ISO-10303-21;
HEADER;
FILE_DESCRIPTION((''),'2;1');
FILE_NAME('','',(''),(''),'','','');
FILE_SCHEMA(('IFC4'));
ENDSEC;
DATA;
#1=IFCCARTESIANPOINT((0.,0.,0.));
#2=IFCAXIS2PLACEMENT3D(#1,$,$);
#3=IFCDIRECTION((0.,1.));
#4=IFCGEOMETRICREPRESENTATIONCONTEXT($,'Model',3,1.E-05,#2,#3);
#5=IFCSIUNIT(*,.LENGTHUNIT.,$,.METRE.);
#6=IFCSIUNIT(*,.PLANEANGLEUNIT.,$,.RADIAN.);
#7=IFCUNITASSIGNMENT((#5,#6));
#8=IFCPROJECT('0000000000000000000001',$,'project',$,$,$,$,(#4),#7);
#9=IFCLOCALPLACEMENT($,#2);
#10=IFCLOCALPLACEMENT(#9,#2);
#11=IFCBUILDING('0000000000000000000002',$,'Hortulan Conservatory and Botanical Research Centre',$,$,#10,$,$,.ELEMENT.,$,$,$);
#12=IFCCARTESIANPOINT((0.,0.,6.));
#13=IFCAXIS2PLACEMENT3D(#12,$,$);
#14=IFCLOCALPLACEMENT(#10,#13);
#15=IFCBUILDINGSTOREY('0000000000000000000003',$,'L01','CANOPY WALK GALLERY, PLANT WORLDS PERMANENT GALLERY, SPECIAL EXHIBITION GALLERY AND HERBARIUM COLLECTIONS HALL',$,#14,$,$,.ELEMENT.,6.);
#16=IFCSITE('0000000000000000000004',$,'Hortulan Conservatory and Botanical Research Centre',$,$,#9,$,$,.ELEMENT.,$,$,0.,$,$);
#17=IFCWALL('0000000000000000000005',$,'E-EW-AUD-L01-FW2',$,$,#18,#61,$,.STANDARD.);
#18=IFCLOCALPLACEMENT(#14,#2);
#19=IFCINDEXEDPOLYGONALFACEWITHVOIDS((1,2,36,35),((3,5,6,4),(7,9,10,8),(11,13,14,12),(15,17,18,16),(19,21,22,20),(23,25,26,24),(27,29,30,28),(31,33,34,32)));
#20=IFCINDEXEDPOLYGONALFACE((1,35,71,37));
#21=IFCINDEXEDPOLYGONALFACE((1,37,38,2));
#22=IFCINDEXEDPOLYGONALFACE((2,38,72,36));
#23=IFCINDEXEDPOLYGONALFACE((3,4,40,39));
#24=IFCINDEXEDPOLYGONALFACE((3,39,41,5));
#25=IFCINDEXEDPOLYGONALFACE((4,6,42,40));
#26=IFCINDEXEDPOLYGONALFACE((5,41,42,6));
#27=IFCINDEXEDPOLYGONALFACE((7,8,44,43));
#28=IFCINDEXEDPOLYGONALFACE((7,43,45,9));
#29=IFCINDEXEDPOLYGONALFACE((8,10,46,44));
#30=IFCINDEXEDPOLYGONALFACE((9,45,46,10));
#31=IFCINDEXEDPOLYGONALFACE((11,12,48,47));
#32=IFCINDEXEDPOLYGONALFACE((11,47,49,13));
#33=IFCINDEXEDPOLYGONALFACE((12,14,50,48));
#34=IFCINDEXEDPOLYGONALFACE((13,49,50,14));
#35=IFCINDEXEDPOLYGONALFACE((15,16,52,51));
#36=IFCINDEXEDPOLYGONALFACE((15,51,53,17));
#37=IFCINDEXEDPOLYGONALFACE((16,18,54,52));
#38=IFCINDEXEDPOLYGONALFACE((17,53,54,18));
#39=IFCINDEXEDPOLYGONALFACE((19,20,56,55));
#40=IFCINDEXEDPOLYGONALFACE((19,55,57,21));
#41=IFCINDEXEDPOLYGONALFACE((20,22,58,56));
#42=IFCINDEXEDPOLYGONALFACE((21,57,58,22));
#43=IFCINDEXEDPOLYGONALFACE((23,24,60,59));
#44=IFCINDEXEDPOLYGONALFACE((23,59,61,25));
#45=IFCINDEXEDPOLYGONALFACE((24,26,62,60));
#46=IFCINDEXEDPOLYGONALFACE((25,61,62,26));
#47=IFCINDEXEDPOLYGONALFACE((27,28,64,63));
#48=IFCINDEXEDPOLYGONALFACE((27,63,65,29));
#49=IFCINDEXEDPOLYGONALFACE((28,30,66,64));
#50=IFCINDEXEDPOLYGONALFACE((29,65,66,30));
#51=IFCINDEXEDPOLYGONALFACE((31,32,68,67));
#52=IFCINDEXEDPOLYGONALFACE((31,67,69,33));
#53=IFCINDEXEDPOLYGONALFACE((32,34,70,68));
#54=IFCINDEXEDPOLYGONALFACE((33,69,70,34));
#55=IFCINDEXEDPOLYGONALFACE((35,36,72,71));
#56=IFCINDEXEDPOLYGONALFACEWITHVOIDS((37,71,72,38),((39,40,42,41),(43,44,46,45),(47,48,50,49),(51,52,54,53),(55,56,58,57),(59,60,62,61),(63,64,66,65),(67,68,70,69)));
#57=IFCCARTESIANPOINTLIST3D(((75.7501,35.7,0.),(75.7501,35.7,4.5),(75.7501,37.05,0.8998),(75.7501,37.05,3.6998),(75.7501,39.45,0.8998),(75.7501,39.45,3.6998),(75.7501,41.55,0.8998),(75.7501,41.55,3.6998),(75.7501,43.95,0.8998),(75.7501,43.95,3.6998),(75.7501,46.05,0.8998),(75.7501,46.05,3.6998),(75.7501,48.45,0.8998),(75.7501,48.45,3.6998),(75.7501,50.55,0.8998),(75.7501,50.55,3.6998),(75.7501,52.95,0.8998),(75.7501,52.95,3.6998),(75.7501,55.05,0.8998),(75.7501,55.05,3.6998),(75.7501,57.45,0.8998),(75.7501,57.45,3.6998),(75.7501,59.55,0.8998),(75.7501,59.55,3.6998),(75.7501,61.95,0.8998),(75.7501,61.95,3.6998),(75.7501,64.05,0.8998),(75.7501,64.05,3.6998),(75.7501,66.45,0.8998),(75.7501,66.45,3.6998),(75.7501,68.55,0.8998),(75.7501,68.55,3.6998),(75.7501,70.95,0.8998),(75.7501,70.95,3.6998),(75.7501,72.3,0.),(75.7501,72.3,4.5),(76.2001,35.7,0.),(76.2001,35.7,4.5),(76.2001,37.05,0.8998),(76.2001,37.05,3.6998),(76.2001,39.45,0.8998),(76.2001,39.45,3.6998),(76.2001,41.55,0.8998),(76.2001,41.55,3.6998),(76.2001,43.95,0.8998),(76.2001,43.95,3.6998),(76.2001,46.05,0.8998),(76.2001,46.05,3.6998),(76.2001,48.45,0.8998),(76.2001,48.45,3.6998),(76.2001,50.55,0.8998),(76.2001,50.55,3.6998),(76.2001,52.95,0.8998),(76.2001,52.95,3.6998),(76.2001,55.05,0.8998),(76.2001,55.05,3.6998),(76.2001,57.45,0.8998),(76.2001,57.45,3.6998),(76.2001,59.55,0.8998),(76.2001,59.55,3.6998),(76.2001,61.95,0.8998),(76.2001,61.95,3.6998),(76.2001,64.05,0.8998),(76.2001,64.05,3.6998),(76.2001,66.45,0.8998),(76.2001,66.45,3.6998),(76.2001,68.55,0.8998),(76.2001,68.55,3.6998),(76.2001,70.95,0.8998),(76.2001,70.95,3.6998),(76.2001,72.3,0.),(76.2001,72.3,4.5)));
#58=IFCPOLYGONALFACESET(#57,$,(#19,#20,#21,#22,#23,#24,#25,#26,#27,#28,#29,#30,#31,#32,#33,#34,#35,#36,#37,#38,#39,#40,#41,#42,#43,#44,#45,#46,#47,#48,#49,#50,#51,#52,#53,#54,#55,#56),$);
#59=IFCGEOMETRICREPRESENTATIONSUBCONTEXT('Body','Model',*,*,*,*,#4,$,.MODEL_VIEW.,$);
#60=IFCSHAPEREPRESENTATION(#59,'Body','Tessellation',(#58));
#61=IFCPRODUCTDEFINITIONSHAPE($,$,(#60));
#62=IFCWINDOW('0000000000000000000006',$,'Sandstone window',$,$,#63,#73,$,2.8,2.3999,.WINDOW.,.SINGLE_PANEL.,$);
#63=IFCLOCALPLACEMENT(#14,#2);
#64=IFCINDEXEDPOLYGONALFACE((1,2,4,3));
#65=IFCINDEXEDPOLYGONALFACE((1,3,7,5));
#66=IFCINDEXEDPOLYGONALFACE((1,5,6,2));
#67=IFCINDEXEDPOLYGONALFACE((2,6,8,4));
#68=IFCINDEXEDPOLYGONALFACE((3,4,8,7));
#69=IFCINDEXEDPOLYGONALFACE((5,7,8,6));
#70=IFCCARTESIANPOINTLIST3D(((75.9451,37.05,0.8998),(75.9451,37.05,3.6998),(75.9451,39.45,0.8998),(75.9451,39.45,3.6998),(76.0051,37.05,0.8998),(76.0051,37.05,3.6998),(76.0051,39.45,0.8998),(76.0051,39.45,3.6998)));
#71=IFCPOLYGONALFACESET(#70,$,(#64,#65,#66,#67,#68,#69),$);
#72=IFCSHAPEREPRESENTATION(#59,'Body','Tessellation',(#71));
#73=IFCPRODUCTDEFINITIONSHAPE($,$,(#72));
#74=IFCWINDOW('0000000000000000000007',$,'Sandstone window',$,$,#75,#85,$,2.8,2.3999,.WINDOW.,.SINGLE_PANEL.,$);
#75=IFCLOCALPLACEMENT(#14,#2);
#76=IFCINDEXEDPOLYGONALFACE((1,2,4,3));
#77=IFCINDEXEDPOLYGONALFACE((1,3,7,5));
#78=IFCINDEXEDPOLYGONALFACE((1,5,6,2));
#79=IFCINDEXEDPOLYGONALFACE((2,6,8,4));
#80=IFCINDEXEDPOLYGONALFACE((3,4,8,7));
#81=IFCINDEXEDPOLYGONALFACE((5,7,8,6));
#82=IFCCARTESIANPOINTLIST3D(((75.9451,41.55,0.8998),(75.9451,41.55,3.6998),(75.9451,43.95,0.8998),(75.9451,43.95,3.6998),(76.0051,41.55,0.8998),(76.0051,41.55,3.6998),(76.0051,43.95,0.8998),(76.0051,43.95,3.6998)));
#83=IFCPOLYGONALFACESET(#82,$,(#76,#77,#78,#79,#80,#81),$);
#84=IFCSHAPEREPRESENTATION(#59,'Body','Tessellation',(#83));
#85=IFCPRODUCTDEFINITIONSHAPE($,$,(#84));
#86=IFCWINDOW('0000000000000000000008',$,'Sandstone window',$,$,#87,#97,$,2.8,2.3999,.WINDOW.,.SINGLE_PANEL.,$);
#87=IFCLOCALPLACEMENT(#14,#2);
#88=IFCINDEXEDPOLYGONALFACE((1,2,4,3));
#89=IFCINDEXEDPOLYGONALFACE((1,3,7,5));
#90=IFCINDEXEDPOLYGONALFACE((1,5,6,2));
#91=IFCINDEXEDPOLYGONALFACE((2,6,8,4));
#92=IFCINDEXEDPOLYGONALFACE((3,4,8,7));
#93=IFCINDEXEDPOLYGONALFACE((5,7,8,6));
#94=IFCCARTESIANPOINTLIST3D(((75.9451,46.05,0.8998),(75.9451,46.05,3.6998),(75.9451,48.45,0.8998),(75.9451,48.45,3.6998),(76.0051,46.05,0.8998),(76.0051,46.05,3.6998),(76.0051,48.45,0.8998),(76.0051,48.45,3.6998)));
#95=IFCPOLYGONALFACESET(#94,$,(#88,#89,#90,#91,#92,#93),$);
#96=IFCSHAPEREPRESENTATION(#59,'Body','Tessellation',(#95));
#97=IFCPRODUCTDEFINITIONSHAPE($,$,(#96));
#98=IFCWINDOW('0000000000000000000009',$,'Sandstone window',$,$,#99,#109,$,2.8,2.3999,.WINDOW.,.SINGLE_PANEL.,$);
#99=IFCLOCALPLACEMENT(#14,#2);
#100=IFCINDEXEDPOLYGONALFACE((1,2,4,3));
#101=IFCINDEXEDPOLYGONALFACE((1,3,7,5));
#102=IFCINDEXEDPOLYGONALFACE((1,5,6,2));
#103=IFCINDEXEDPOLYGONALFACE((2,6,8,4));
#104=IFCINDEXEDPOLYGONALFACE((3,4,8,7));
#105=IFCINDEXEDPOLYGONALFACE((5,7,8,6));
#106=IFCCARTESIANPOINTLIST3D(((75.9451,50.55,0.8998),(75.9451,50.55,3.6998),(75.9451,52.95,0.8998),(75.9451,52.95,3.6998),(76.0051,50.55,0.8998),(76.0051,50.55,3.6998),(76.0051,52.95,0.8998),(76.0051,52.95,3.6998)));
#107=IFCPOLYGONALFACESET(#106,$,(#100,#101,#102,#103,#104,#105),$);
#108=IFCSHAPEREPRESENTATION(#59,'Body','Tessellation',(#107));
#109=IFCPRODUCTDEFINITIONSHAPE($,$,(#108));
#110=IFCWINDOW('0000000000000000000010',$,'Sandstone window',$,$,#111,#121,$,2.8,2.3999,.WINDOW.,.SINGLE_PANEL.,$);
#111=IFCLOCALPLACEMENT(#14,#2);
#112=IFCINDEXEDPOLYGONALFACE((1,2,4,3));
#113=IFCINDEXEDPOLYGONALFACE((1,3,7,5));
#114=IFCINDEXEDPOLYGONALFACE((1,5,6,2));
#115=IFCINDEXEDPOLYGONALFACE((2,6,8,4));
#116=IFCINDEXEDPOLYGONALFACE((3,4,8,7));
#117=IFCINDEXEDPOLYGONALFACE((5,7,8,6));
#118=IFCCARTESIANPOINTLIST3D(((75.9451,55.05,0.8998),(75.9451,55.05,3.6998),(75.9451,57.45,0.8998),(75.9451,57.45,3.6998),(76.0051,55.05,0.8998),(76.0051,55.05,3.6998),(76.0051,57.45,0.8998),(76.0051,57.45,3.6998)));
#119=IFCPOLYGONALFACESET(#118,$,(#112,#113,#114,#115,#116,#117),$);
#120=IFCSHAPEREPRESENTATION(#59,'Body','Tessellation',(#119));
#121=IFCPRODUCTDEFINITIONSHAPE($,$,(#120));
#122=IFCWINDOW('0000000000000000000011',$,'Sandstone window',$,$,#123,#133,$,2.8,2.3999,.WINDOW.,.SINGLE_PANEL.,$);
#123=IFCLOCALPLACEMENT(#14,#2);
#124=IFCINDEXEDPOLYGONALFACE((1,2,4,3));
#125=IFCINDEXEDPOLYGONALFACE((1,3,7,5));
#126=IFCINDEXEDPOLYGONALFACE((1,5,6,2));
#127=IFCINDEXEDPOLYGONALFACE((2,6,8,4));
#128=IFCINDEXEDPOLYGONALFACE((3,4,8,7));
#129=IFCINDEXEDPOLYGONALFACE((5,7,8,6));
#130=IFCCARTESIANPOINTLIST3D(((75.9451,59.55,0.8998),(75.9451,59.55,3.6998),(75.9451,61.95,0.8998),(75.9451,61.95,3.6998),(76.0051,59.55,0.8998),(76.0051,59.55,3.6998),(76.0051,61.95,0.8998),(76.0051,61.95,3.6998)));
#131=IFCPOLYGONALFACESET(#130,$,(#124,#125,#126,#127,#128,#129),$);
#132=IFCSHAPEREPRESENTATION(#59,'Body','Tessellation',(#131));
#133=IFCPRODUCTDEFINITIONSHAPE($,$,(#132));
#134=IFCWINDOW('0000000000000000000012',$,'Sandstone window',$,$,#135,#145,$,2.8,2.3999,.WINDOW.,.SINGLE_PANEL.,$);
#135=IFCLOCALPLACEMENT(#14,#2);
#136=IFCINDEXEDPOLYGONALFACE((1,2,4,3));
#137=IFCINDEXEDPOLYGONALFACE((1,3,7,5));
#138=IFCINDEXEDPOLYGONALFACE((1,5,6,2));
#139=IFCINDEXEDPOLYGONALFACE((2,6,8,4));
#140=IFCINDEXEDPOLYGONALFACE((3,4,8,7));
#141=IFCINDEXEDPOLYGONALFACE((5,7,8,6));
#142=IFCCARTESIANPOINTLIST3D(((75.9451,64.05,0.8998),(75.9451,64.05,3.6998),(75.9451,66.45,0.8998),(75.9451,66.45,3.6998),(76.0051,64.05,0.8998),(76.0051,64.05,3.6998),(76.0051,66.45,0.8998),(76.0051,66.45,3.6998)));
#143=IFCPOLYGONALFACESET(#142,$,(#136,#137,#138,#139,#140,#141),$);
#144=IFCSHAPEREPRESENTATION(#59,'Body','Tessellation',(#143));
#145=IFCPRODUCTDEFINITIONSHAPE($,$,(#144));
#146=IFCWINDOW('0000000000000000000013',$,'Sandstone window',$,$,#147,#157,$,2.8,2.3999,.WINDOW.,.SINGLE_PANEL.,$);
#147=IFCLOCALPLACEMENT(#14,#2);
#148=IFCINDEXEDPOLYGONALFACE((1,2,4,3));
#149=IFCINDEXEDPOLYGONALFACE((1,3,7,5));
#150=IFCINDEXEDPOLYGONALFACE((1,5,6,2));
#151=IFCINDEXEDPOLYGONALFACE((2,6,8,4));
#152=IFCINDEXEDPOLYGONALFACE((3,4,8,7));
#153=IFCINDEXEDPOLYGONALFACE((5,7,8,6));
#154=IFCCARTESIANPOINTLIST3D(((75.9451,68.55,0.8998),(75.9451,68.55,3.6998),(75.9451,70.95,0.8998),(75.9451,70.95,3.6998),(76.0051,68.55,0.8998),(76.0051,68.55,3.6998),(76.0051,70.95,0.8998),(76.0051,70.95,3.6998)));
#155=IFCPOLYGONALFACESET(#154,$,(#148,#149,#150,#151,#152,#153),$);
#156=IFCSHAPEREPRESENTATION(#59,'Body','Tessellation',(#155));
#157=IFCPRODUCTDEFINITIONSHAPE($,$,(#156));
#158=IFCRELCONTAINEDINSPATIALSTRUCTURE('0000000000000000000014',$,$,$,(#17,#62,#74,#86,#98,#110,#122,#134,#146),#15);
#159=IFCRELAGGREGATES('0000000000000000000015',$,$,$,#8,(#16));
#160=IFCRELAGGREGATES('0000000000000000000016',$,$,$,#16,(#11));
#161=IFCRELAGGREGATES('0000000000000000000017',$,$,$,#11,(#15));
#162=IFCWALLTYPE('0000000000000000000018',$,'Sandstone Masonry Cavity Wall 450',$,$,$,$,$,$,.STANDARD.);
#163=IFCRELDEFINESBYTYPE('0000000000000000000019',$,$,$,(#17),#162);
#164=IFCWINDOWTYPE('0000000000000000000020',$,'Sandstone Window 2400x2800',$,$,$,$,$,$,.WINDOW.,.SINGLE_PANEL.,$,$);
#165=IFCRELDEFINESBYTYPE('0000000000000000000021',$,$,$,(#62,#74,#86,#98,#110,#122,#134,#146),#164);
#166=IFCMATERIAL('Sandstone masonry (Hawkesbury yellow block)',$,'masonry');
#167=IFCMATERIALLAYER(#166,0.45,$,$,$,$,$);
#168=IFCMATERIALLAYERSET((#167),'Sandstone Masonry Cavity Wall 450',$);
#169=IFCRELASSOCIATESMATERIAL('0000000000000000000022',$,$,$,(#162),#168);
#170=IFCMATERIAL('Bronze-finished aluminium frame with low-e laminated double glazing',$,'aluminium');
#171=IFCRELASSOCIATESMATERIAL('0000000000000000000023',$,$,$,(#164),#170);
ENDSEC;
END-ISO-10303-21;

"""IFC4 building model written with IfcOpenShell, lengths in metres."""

from ifc_helpers import new_model, si_unit, direction, frame, frame_2d, origin, place, context, subcontext, project, spatial, rectangle, extrude, material, layer, layer_set, type_object, element, fill, save


model = new_model("IFC4")

# Units and contexts
model_context = context("Model", 3, precision=1e-05, world=origin(), true_north=direction((0.0, 1.0)))
body_context = subcontext(model_context, "Body", "Model", "MODEL_VIEW")
ifc_project = project(units=[si_unit("LENGTHUNIT", "METRE"), si_unit("PLANEANGLEUNIT", "RADIAN")], contexts=[model_context])

# Site, building, storey
site_placement = place(None, origin())
site = spatial("IfcSite", under=ifc_project, at=site_placement, Name="Hortulan Conservatory and Botanical Research Centre", CompositionType="ELEMENT", RefElevation=0.0)
building_placement = place(site_placement, origin())
building = spatial("IfcBuilding", under=site, at=building_placement, Name="Hortulan Conservatory and Botanical Research Centre", CompositionType="ELEMENT")
storey_placement = place(building_placement, frame((0.0, 0.0, 6.0)))
storey = spatial("IfcBuildingStorey", under=building, at=storey_placement, Name="L01", Description="CANOPY WALK GALLERY, PLANT WORLDS PERMANENT GALLERY, SPECIAL EXHIBITION GALLERY AND HERBARIUM COLLECTIONS HALL", CompositionType="ELEMENT", Elevation=6.0)

# Wall, openings, windows
ifc_material_1 = material(Name="Sandstone masonry (Hawkesbury yellow block)", Category="masonry")
ifc_layer_1 = layer(ifc_material_1, 0.45)
ifc_layer_set_1 = layer_set([ifc_layer_1], Name="Sandstone Masonry Cavity Wall 450")
wall_type = type_object("IfcWallType", Name="Sandstone Masonry Cavity Wall 450", PredefinedType="STANDARD", material=ifc_layer_set_1)
wall_placement = place(storey_placement, frame((75.9751, 35.7, 0.0), z_axis=(0.0, 0.0, 1.0), x_axis=(0.0, 1.0, 0.0)))
wall = element("IfcWall", 1, at=wall_placement, inside=storey, type_object=wall_type, Name="E-EW-AUD-L01-FW2", PredefinedType="STANDARD", context=body_context, shape_type="SweptSolid", body=[
    extrude(rectangle(XDim=36.6001, YDim=0.45, at=frame_2d((18.3, 0.0))), origin(), (0.0, 0.0, 1.0), 4.5),
])
opening_1_placement = place(wall_placement, frame((1.3501, 0.0, 0.8999)))
opening_1 = element("IfcOpeningElement", 2, at=opening_1_placement, cuts=wall, PredefinedType="OPENING", context=body_context, shape_type="SweptSolid", body=[
    extrude(rectangle(XDim=2.3999, YDim=2.8, at=frame_2d((1.2, 1.3999))), frame((0.0, 0.2349, 0.0), z_axis=(0.0, -1.0, 0.0), x_axis=(1.0, 0.0, 0.0)), (0.0, 0.0, 1.0), 0.47),
])
opening_2_placement = place(wall_placement, frame((5.8501, 0.0, 0.8999)))
opening_2 = element("IfcOpeningElement", 3, at=opening_2_placement, cuts=wall, PredefinedType="OPENING", context=body_context, shape_type="SweptSolid", body=[
    extrude(rectangle(XDim=2.3999, YDim=2.8, at=frame_2d((1.2, 1.3999))), frame((0.0, 0.2349, 0.0), z_axis=(0.0, -1.0, 0.0), x_axis=(1.0, 0.0, 0.0)), (0.0, 0.0, 1.0), 0.47),
])
opening_3_placement = place(wall_placement, frame((10.3501, 0.0, 0.8999)))
opening_3 = element("IfcOpeningElement", 4, at=opening_3_placement, cuts=wall, PredefinedType="OPENING", context=body_context, shape_type="SweptSolid", body=[
    extrude(rectangle(XDim=2.3999, YDim=2.8, at=frame_2d((1.2, 1.3999))), frame((0.0, 0.2349, 0.0), z_axis=(0.0, -1.0, 0.0), x_axis=(1.0, 0.0, 0.0)), (0.0, 0.0, 1.0), 0.47),
])
opening_4_placement = place(wall_placement, frame((14.8501, 0.0, 0.8999)))
opening_4 = element("IfcOpeningElement", 5, at=opening_4_placement, cuts=wall, PredefinedType="OPENING", context=body_context, shape_type="SweptSolid", body=[
    extrude(rectangle(XDim=2.3999, YDim=2.8, at=frame_2d((1.2, 1.3999))), frame((0.0, 0.2349, 0.0), z_axis=(0.0, -1.0, 0.0), x_axis=(1.0, 0.0, 0.0)), (0.0, 0.0, 1.0), 0.47),
])
opening_5_placement = place(wall_placement, frame((19.3501, 0.0, 0.8999)))
opening_5 = element("IfcOpeningElement", 6, at=opening_5_placement, cuts=wall, PredefinedType="OPENING", context=body_context, shape_type="SweptSolid", body=[
    extrude(rectangle(XDim=2.3999, YDim=2.8, at=frame_2d((1.2, 1.3999))), frame((0.0, 0.2349, 0.0), z_axis=(0.0, -1.0, 0.0), x_axis=(1.0, 0.0, 0.0)), (0.0, 0.0, 1.0), 0.47),
])
opening_6_placement = place(wall_placement, frame((23.8501, 0.0, 0.8999)))
opening_6 = element("IfcOpeningElement", 7, at=opening_6_placement, cuts=wall, PredefinedType="OPENING", context=body_context, shape_type="SweptSolid", body=[
    extrude(rectangle(XDim=2.3999, YDim=2.8, at=frame_2d((1.2, 1.3999))), frame((0.0, 0.2349, 0.0), z_axis=(0.0, -1.0, 0.0), x_axis=(1.0, 0.0, 0.0)), (0.0, 0.0, 1.0), 0.47),
])
opening_7_placement = place(wall_placement, frame((28.3501, 0.0, 0.8999)))
opening_7 = element("IfcOpeningElement", 8, at=opening_7_placement, cuts=wall, PredefinedType="OPENING", context=body_context, shape_type="SweptSolid", body=[
    extrude(rectangle(XDim=2.3999, YDim=2.8, at=frame_2d((1.2, 1.3999))), frame((0.0, 0.2349, 0.0), z_axis=(0.0, -1.0, 0.0), x_axis=(1.0, 0.0, 0.0)), (0.0, 0.0, 1.0), 0.47),
])
opening_8_placement = place(wall_placement, frame((32.8501, 0.0, 0.8999)))
opening_8 = element("IfcOpeningElement", 9, at=opening_8_placement, cuts=wall, PredefinedType="OPENING", context=body_context, shape_type="SweptSolid", body=[
    extrude(rectangle(XDim=2.3999, YDim=2.8, at=frame_2d((1.2, 1.3999))), frame((0.0, 0.2349, 0.0), z_axis=(0.0, -1.0, 0.0), x_axis=(1.0, 0.0, 0.0)), (0.0, 0.0, 1.0), 0.47),
])
ifc_material_2 = material(Name="Bronze-finished aluminium frame with low-e laminated double glazing", Category="aluminium")
window_type = type_object("IfcWindowType", Name="Sandstone Window 2400x2800", PartitioningType="SINGLE_PANEL", PredefinedType="WINDOW", material=ifc_material_2)
window_1_placement = place(opening_1_placement, origin())
window_1 = element("IfcWindow", 10, at=window_1_placement, inside=storey, type_object=window_type, Name="Sandstone window", OverallHeight=2.8, OverallWidth=2.3999, PartitioningType="SINGLE_PANEL", PredefinedType="WINDOW", context=body_context, shape_type="SweptSolid", body=[
    extrude(rectangle(XDim=2.3999, YDim=2.8, at=frame_2d((1.2, 1.3999))), frame((0.0, 0.03, 0.0), z_axis=(0.0, -1.0, 0.0), x_axis=(1.0, 0.0, 0.0)), (0.0, 0.0, 1.0), 0.0601),
])
fill(opening_1, window_1)
window_2_placement = place(opening_2_placement, origin())
window_2 = element("IfcWindow", 11, at=window_2_placement, inside=storey, type_object=window_type, Name="Sandstone window", OverallHeight=2.8, OverallWidth=2.3999, PartitioningType="SINGLE_PANEL", PredefinedType="WINDOW", context=body_context, shape_type="SweptSolid", body=[
    extrude(rectangle(XDim=2.3999, YDim=2.8, at=frame_2d((1.2, 1.3999))), frame((0.0, 0.03, 0.0), z_axis=(0.0, -1.0, 0.0), x_axis=(1.0, 0.0, 0.0)), (0.0, 0.0, 1.0), 0.0601),
])
fill(opening_2, window_2)
window_3_placement = place(opening_3_placement, origin())
window_3 = element("IfcWindow", 12, at=window_3_placement, inside=storey, type_object=window_type, Name="Sandstone window", OverallHeight=2.8, OverallWidth=2.3999, PartitioningType="SINGLE_PANEL", PredefinedType="WINDOW", context=body_context, shape_type="SweptSolid", body=[
    extrude(rectangle(XDim=2.3999, YDim=2.8, at=frame_2d((1.2, 1.3999))), frame((0.0, 0.03, 0.0), z_axis=(0.0, -1.0, 0.0), x_axis=(1.0, 0.0, 0.0)), (0.0, 0.0, 1.0), 0.0601),
])
fill(opening_3, window_3)
window_4_placement = place(opening_4_placement, origin())
window_4 = element("IfcWindow", 13, at=window_4_placement, inside=storey, type_object=window_type, Name="Sandstone window", OverallHeight=2.8, OverallWidth=2.3999, PartitioningType="SINGLE_PANEL", PredefinedType="WINDOW", context=body_context, shape_type="SweptSolid", body=[
    extrude(rectangle(XDim=2.3999, YDim=2.8, at=frame_2d((1.2, 1.3999))), frame((0.0, 0.03, 0.0), z_axis=(0.0, -1.0, 0.0), x_axis=(1.0, 0.0, 0.0)), (0.0, 0.0, 1.0), 0.0601),
])
fill(opening_4, window_4)
window_5_placement = place(opening_5_placement, origin())
window_5 = element("IfcWindow", 14, at=window_5_placement, inside=storey, type_object=window_type, Name="Sandstone window", OverallHeight=2.8, OverallWidth=2.3999, PartitioningType="SINGLE_PANEL", PredefinedType="WINDOW", context=body_context, shape_type="SweptSolid", body=[
    extrude(rectangle(XDim=2.3999, YDim=2.8, at=frame_2d((1.2, 1.3999))), frame((0.0, 0.03, 0.0), z_axis=(0.0, -1.0, 0.0), x_axis=(1.0, 0.0, 0.0)), (0.0, 0.0, 1.0), 0.0601),
])
fill(opening_5, window_5)
window_6_placement = place(opening_6_placement, origin())
window_6 = element("IfcWindow", 15, at=window_6_placement, inside=storey, type_object=window_type, Name="Sandstone window", OverallHeight=2.8, OverallWidth=2.3999, PartitioningType="SINGLE_PANEL", PredefinedType="WINDOW", context=body_context, shape_type="SweptSolid", body=[
    extrude(rectangle(XDim=2.3999, YDim=2.8, at=frame_2d((1.2, 1.3999))), frame((0.0, 0.03, 0.0), z_axis=(0.0, -1.0, 0.0), x_axis=(1.0, 0.0, 0.0)), (0.0, 0.0, 1.0), 0.0601),
])
fill(opening_6, window_6)
window_7_placement = place(opening_7_placement, origin())
window_7 = element("IfcWindow", 16, at=window_7_placement, inside=storey, type_object=window_type, Name="Sandstone window", OverallHeight=2.8, OverallWidth=2.3999, PartitioningType="SINGLE_PANEL", PredefinedType="WINDOW", context=body_context, shape_type="SweptSolid", body=[
    extrude(rectangle(XDim=2.3999, YDim=2.8, at=frame_2d((1.2, 1.3999))), frame((0.0, 0.03, 0.0), z_axis=(0.0, -1.0, 0.0), x_axis=(1.0, 0.0, 0.0)), (0.0, 0.0, 1.0), 0.0601),
])
fill(opening_7, window_7)
window_8_placement = place(opening_8_placement, origin())
window_8 = element("IfcWindow", 17, at=window_8_placement, inside=storey, type_object=window_type, Name="Sandstone window", OverallHeight=2.8, OverallWidth=2.3999, PartitioningType="SINGLE_PANEL", PredefinedType="WINDOW", context=body_context, shape_type="SweptSolid", body=[
    extrude(rectangle(XDim=2.3999, YDim=2.8, at=frame_2d((1.2, 1.3999))), frame((0.0, 0.03, 0.0), z_axis=(0.0, -1.0, 0.0), x_axis=(1.0, 0.0, 0.0)), (0.0, 0.0, 1.0), 0.0601),
])
fill(opening_8, window_8)

save(model, "model.ifc")
